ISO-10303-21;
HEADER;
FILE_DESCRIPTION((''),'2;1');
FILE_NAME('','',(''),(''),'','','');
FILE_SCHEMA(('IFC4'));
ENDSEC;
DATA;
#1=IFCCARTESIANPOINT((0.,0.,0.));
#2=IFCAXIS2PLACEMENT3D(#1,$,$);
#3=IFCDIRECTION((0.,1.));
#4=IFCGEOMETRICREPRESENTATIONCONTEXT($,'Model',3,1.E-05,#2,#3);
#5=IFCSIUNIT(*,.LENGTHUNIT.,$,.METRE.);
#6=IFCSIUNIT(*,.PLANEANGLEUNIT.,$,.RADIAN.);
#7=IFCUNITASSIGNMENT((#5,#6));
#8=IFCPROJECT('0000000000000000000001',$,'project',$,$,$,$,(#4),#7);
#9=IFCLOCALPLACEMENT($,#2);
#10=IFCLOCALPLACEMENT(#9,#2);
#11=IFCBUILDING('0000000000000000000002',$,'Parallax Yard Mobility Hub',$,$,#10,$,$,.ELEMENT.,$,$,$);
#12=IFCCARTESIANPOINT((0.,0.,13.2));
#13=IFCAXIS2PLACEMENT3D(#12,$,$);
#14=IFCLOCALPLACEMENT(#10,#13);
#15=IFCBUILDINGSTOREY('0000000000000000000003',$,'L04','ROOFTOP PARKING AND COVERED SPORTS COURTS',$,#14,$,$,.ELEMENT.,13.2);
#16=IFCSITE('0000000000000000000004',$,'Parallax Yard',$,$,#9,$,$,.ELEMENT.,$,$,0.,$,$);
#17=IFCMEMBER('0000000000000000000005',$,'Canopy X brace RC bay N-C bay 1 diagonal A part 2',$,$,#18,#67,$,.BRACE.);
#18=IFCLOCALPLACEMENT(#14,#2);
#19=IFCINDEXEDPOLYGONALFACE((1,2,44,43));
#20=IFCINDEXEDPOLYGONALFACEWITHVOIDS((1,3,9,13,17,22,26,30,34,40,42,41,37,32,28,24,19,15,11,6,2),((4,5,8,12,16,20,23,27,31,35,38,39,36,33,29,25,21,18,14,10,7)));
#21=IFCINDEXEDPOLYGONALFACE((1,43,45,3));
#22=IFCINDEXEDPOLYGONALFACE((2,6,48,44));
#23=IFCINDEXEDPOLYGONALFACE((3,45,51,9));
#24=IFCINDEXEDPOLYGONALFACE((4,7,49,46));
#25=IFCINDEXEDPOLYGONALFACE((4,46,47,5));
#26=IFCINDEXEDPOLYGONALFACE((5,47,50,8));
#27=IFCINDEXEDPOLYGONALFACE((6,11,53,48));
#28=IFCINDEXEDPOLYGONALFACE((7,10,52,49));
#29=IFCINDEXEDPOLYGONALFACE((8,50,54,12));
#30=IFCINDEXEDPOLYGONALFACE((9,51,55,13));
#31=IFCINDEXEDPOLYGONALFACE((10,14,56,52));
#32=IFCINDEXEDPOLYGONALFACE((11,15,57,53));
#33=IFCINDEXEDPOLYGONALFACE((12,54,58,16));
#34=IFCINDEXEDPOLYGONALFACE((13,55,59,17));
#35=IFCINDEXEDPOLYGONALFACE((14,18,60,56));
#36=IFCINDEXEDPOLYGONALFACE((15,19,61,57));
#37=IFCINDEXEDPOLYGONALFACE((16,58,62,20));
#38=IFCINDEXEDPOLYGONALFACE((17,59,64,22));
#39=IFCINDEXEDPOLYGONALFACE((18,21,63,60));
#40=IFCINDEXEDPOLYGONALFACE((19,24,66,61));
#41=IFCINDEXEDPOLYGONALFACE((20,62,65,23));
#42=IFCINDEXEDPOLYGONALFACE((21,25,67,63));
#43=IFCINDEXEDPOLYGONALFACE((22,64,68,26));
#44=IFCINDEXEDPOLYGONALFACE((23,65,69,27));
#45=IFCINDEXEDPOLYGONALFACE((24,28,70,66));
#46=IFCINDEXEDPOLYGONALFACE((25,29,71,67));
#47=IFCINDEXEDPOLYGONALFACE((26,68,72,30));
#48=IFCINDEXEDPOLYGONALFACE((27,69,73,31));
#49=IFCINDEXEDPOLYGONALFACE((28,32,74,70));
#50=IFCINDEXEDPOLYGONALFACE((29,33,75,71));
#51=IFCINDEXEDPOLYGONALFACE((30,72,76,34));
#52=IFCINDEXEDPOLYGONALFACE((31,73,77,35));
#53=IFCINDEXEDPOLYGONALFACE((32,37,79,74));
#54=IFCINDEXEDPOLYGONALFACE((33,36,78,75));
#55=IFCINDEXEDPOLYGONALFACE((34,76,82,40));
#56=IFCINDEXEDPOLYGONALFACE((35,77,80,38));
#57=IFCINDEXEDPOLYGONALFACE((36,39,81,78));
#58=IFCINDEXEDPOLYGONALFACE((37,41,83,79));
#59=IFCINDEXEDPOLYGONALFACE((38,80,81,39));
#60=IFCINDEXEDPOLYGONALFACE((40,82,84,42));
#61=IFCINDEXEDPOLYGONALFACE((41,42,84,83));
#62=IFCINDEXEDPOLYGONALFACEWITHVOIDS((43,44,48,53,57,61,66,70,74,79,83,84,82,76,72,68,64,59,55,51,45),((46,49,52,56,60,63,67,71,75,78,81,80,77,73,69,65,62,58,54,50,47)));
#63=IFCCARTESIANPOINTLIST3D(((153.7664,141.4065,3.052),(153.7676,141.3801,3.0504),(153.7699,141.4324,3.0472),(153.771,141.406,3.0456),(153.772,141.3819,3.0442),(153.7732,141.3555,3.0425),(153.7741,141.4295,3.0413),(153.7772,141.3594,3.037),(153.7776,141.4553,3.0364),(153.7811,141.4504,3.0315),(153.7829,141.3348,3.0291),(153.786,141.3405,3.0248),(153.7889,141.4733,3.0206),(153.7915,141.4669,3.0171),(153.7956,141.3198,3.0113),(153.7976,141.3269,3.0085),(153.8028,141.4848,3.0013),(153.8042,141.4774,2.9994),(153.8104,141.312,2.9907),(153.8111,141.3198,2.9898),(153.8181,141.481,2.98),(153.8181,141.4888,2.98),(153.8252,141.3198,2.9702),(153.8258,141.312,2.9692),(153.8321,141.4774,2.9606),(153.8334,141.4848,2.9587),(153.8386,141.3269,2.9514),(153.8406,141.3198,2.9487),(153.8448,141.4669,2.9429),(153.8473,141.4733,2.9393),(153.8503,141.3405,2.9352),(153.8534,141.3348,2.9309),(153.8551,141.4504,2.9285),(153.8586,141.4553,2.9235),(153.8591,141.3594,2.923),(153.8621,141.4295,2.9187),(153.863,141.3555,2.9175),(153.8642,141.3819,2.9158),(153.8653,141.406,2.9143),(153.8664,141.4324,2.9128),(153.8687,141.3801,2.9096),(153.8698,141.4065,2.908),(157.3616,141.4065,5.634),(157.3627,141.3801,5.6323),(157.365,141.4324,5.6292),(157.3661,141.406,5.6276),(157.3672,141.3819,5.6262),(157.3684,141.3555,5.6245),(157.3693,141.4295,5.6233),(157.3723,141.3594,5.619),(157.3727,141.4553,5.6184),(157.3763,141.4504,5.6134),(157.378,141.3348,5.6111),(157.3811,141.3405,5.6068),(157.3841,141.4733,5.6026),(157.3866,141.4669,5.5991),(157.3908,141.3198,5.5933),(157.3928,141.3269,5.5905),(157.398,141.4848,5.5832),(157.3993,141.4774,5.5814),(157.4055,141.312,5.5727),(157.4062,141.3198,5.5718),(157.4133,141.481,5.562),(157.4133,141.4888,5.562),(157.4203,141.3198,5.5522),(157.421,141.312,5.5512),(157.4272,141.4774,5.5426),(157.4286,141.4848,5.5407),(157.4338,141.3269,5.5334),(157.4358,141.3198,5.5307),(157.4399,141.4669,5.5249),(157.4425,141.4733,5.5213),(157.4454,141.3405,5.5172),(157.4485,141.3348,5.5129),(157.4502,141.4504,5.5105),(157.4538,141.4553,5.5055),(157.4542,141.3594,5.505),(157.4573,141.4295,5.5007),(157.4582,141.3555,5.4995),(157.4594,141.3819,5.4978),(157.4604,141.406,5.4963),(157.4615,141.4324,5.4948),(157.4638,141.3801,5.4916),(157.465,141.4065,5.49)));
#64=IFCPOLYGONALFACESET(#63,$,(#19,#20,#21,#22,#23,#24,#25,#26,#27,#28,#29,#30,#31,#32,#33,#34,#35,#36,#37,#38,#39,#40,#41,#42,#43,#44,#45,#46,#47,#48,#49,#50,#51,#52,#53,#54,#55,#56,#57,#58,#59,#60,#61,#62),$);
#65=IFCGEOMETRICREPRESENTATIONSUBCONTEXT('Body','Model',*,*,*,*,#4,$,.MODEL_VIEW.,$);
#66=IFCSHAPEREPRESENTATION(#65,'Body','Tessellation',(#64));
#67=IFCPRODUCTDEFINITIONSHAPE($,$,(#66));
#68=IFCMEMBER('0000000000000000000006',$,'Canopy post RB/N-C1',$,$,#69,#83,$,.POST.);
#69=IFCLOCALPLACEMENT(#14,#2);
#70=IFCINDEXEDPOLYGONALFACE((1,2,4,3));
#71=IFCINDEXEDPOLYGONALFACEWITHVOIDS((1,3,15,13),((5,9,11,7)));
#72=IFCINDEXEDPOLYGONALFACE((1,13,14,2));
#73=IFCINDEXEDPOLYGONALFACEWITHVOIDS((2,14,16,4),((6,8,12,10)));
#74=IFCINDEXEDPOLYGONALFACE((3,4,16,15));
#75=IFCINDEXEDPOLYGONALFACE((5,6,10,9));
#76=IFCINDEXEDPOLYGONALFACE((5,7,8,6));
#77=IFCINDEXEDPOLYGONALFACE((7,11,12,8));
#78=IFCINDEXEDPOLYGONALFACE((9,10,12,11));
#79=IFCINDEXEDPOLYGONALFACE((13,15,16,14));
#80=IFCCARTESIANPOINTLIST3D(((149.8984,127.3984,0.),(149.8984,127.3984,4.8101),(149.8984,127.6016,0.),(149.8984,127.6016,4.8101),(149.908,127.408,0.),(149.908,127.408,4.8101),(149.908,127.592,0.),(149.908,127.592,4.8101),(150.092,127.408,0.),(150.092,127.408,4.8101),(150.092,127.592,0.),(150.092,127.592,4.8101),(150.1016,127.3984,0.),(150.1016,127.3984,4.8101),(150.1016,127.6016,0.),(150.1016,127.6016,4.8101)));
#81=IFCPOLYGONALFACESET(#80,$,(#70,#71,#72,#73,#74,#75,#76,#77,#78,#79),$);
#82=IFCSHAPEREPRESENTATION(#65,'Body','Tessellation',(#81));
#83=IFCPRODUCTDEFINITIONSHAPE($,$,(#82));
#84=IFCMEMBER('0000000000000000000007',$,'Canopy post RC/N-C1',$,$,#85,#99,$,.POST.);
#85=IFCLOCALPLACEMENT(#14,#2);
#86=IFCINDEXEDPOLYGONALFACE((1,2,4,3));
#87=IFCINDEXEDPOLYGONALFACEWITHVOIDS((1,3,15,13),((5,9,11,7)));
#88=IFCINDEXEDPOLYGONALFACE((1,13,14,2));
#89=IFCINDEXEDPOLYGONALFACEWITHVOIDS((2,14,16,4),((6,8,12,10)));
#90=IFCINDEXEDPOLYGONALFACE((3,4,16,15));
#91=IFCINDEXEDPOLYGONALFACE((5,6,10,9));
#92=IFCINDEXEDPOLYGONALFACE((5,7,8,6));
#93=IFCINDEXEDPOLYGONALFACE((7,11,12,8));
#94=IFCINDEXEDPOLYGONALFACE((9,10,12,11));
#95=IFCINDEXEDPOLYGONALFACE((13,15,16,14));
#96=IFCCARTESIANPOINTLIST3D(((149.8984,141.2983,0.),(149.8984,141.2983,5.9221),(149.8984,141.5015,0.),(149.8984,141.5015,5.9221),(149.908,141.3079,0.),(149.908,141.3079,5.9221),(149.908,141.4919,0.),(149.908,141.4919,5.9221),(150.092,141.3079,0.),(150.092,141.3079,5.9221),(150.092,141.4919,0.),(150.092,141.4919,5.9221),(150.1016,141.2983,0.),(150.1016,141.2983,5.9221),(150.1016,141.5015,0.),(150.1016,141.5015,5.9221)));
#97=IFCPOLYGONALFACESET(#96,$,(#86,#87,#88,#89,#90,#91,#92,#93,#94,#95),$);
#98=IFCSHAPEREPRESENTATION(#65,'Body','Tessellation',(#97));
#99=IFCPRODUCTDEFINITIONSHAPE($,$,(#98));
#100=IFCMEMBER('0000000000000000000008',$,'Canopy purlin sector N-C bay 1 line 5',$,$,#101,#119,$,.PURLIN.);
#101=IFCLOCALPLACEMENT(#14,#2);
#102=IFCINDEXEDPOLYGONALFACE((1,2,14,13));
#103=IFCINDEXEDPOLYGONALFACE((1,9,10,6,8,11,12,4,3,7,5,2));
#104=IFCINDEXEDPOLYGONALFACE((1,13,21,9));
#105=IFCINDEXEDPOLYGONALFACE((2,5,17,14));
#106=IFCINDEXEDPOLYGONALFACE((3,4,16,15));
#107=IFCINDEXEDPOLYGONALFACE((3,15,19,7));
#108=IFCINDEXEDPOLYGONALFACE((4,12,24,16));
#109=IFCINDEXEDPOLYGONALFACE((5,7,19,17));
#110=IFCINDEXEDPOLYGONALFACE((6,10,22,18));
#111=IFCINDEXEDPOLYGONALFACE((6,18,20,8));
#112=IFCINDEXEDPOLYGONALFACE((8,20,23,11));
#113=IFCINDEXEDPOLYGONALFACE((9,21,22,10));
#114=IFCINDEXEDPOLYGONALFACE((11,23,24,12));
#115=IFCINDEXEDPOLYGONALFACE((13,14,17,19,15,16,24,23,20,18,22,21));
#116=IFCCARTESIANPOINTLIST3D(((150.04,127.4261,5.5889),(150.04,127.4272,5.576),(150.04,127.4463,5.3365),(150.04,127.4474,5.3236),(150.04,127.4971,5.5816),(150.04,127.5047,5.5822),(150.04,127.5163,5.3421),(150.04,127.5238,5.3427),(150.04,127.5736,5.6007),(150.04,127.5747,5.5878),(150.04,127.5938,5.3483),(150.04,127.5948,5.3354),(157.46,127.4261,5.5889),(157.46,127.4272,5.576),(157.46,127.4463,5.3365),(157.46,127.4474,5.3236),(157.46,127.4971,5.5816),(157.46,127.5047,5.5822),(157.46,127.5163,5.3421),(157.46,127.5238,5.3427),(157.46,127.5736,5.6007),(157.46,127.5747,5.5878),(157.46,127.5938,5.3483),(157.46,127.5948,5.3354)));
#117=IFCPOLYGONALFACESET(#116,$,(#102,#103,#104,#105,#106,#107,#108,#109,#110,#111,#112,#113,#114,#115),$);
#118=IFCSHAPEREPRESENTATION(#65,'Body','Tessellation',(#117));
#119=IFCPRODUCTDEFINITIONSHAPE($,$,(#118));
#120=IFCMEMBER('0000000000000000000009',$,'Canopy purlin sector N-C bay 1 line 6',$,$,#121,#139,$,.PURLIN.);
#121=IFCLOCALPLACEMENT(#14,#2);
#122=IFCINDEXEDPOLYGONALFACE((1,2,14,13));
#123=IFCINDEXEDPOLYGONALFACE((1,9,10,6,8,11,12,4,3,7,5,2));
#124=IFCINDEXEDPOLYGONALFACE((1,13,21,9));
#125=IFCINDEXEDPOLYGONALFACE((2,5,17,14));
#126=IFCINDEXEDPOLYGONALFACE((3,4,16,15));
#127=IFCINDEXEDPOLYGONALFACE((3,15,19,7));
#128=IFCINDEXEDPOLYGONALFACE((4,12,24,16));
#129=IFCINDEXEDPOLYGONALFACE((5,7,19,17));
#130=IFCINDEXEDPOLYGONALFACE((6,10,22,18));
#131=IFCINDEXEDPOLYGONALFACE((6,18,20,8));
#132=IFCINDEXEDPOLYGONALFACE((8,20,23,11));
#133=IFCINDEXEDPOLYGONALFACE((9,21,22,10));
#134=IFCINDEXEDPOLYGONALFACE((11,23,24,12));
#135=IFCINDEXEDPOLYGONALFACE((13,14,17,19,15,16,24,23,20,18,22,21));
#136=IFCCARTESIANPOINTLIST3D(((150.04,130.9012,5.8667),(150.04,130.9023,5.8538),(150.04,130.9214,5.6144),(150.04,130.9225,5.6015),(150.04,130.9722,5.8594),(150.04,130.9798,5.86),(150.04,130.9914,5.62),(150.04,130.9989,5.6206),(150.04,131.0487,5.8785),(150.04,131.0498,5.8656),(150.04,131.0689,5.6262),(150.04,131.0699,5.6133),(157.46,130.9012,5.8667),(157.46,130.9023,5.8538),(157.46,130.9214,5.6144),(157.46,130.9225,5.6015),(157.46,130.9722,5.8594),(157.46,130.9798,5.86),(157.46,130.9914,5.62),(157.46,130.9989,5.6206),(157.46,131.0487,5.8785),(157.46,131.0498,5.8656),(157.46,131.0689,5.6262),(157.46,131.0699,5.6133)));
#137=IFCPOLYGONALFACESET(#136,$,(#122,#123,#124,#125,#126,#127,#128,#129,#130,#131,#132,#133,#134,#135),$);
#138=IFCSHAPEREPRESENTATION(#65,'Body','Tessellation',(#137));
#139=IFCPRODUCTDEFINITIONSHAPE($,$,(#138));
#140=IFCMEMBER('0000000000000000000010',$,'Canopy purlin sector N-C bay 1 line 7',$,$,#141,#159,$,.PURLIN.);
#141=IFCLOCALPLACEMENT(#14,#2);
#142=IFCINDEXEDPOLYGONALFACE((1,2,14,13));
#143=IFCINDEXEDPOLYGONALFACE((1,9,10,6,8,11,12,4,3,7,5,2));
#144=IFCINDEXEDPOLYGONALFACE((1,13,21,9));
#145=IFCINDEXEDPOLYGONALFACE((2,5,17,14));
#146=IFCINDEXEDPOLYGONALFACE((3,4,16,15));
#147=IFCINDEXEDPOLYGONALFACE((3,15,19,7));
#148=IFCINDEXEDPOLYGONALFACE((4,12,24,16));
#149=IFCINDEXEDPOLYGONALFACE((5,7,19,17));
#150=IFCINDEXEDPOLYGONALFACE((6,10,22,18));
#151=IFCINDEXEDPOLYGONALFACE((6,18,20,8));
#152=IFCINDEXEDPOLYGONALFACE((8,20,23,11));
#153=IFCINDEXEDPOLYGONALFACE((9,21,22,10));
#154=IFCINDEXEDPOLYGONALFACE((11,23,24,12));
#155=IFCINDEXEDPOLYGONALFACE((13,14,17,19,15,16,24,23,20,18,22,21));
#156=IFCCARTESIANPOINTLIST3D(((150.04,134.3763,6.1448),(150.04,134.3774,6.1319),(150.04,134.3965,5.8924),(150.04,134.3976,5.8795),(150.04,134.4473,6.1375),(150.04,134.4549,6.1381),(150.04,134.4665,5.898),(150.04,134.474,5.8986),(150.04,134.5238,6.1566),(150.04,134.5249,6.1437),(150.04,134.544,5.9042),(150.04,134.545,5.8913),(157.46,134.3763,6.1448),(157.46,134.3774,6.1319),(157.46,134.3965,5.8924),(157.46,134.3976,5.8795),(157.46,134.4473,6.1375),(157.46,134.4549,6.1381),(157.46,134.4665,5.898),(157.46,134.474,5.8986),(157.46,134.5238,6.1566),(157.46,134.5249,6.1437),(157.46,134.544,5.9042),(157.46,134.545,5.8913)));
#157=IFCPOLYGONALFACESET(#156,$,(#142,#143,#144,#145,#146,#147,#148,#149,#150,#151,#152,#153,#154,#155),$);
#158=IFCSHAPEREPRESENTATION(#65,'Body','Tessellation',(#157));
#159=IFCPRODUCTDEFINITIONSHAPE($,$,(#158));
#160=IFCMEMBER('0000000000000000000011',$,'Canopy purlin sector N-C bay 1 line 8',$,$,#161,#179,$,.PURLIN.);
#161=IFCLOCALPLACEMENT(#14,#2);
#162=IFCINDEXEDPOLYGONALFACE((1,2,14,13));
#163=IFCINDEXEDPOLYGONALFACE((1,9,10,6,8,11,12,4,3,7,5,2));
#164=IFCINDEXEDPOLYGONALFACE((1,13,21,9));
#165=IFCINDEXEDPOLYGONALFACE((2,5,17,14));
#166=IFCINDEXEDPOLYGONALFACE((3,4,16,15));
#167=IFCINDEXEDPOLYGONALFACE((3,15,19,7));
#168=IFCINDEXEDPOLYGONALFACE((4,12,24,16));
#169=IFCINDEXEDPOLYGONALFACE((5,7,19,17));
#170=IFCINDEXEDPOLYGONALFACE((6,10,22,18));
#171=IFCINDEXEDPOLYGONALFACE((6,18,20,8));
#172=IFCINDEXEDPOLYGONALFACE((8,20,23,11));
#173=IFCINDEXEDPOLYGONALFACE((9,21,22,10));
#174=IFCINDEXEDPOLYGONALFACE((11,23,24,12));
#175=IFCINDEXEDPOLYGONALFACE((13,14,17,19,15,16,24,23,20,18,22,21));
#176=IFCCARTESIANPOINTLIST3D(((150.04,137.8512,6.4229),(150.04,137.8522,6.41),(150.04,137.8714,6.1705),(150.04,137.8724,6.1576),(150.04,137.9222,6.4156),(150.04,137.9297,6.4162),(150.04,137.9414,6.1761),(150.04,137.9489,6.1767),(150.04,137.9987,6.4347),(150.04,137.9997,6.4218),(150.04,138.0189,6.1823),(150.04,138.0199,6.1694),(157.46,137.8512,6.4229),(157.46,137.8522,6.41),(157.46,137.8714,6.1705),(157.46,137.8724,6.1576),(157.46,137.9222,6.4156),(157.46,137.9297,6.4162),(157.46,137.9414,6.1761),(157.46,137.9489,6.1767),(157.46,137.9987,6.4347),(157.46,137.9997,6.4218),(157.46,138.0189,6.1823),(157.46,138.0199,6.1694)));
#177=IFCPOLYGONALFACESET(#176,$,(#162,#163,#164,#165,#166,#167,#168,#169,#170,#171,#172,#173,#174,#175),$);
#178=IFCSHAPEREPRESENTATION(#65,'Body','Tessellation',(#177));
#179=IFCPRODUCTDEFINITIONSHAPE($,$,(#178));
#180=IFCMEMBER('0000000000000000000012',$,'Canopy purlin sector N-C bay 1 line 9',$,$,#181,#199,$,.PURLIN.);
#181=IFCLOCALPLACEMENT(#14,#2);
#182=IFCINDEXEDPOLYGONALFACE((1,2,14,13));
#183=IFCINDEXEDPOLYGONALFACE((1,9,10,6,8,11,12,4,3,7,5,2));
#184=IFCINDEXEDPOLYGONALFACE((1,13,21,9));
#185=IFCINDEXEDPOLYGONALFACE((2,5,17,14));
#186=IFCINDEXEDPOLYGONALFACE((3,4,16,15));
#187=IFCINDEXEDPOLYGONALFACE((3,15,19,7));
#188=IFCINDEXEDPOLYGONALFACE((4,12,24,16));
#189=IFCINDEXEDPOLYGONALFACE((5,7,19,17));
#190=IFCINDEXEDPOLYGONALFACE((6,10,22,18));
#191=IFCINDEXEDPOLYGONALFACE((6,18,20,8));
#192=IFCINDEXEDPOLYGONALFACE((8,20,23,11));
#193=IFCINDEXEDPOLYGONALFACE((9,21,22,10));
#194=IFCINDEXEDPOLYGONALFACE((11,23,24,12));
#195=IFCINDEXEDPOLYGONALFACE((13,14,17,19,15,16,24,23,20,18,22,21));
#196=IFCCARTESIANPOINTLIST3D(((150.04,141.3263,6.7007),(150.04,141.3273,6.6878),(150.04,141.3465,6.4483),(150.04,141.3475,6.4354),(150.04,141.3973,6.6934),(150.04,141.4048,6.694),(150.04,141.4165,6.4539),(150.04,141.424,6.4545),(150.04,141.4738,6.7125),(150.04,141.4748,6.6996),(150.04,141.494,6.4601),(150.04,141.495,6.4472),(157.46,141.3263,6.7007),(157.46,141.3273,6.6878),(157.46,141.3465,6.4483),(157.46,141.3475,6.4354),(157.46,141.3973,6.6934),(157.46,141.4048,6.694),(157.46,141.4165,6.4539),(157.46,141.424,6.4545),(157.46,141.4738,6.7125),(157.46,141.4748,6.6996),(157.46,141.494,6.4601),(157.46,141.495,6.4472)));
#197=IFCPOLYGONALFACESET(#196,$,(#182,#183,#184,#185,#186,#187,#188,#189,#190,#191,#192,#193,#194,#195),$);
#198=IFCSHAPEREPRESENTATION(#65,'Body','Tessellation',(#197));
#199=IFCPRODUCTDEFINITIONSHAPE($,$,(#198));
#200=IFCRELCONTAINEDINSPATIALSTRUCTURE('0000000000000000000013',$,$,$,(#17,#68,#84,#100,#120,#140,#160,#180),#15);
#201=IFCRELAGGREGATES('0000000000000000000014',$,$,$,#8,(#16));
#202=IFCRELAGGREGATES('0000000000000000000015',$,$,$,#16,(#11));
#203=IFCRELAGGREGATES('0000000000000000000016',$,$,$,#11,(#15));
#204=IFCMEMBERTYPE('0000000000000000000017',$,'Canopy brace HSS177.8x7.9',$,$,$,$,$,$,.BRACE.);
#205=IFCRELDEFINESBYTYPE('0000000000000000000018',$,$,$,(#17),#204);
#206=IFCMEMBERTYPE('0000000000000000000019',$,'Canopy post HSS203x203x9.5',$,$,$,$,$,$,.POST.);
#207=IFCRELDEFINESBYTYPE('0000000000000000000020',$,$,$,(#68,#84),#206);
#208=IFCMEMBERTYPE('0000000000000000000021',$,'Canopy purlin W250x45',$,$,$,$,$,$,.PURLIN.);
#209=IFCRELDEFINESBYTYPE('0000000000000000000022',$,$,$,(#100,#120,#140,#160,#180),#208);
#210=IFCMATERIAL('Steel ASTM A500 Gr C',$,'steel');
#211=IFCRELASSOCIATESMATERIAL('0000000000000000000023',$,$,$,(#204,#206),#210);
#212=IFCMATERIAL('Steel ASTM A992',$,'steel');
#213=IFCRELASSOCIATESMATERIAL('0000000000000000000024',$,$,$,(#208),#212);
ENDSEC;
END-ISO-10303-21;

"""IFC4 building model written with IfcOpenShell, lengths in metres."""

from ifc_helpers import new_model, si_unit, direction, frame, origin, origin_2d, place, context, subcontext, project, spatial, hollow_rectangle, hollow_circle, i_section, extrude, material, material_profile, profile_set, type_object, element, save


model = new_model("IFC4")

# Units and contexts
model_context = context("Model", 3, precision=1e-05, world=origin(), true_north=direction((0.0, 1.0)))
body_context = subcontext(model_context, "Body", "Model", "MODEL_VIEW")
ifc_project = project(units=[si_unit("LENGTHUNIT", "METRE"), si_unit("PLANEANGLEUNIT", "RADIAN")], contexts=[model_context])

# Site, building, storey
site_placement = place(None, origin())
site = spatial("IfcSite", under=ifc_project, at=site_placement, Name="Parallax Yard", CompositionType="ELEMENT", RefElevation=0.0)
building_placement = place(site_placement, origin())
building = spatial("IfcBuilding", under=site, at=building_placement, Name="Parallax Yard Mobility Hub", CompositionType="ELEMENT")
storey_placement = place(building_placement, frame((0.0, 0.0, 13.2)))
storey = spatial("IfcBuildingStorey", under=building, at=storey_placement, Name="L04", Description="ROOFTOP PARKING AND COVERED SPORTS COURTS", CompositionType="ELEMENT", Elevation=13.2)

# Members
ifc_material_1 = material(Name="Steel ASTM A500 Gr C", Category="steel")
ifc_material_profile_1 = material_profile(ifc_material_1, hollow_circle(Radius=0.0889, WallThickness=0.0078, at=origin_2d()), Name="HSS177.8x7.9")
ifc_profile_set_1 = profile_set([ifc_material_profile_1], Name="Steel ASTM A500 Gr C")
member_type_1 = type_object("IfcMemberType", Name="Canopy brace HSS177.8x7.9", PredefinedType="BRACE", material=ifc_profile_set_1)
for number, where, z_axis, x_axis, name in (
    (1, (153.8181, 141.3999, 2.98), (0.812233, 0.0, 0.583334), (0.0, 1.0, 0.0), "Canopy X brace RC bay N-C bay 1 diagonal A part 2"),
):
    element("IfcMember", number, at=place(storey_placement, frame(where, z_axis=z_axis, x_axis=x_axis)), inside=storey, type_object=member_type_1, Name=name, PredefinedType="BRACE", context=body_context, shape_type="SweptSolid", body=[
        extrude(hollow_circle(Radius=0.0889, WallThickness=0.0078, at=origin_2d()), origin(), (0.0, 0.0, 1.0), 4.4263),
    ])
ifc_material_profile_2 = material_profile(ifc_material_1, hollow_rectangle(XDim=0.2031, YDim=0.2031, WallThickness=0.0095, at=origin_2d()), Name="HSS203x203x9.5")
ifc_profile_set_2 = profile_set([ifc_material_profile_2], Name="Steel ASTM A500 Gr C")
member_type_2 = type_object("IfcMemberType", Name="Canopy post HSS203x203x9.5", PredefinedType="POST", material=ifc_profile_set_2)
member_1_placement = place(storey_placement, frame((150.0, 127.5, 0.0), z_axis=(0.0, 0.0, 1.0), x_axis=(1.0, 0.0, 0.0)))
element("IfcMember", 2, at=member_1_placement, inside=storey, type_object=member_type_2, Name="Canopy post RB/N-C1", PredefinedType="POST", context=body_context, shape_type="SweptSolid", body=[
    extrude(hollow_rectangle(XDim=0.2031, YDim=0.2031, WallThickness=0.0095, at=origin_2d()), origin(), (0.0, 0.0, 1.0), 4.8101),
])
member_2_placement = place(storey_placement, frame((150.0, 141.3999, 0.0), z_axis=(0.0, 0.0, 1.0), x_axis=(1.0, 0.0, 0.0)))
element("IfcMember", 3, at=member_2_placement, inside=storey, type_object=member_type_2, Name="Canopy post RC/N-C1", PredefinedType="POST", context=body_context, shape_type="SweptSolid", body=[
    extrude(hollow_rectangle(XDim=0.2031, YDim=0.2031, WallThickness=0.0095, at=origin_2d()), origin(), (0.0, 0.0, 1.0), 5.9221),
])
ifc_material_2 = material(Name="Steel ASTM A992", Category="steel")
ifc_material_profile_3 = material_profile(ifc_material_2, i_section(OverallWidth=0.1479, OverallDepth=0.2661, WebThickness=0.0076, FlangeThickness=0.0129, at=origin_2d()), Name="W250x45")
ifc_profile_set_3 = profile_set([ifc_material_profile_3], Name="Steel ASTM A992")
member_type_3 = type_object("IfcMemberType", Name="Canopy purlin W250x45", PredefinedType="PURLIN", material=ifc_profile_set_3)
for number, where, z_axis, x_axis, name in (
    (4, (150.04, 127.5105, 5.4622), (1.0, 0.0, 0.0), (0.0, 0.996815, 0.079745), "Canopy purlin sector N-C bay 1 line 5"),
    (5, (150.04, 130.9856, 5.74), (1.0, 0.0, 0.0), (0.0, 0.996815, 0.079745), "Canopy purlin sector N-C bay 1 line 6"),
    (6, (150.04, 134.4607, 6.0181), (1.0, 0.0, 0.0), (0.0, 0.996815, 0.079745), "Canopy purlin sector N-C bay 1 line 7"),
    (7, (150.04, 137.9355, 6.2961), (1.0, 0.0, 0.0), (0.0, 0.996815, 0.079745), "Canopy purlin sector N-C bay 1 line 8"),
    (8, (150.04, 141.4106, 6.574), (1.0, 0.0, 0.0), (0.0, 0.996815, 0.079745), "Canopy purlin sector N-C bay 1 line 9"),
):
    element("IfcMember", number, at=place(storey_placement, frame(where, z_axis=z_axis, x_axis=x_axis)), inside=storey, type_object=member_type_3, Name=name, PredefinedType="PURLIN", context=body_context, shape_type="SweptSolid", body=[
        extrude(i_section(OverallWidth=0.1479, OverallDepth=0.2661, WebThickness=0.0076, FlangeThickness=0.0129, at=origin_2d()), origin(), (0.0, 0.0, 1.0), 7.4199),
    ])

save(model, "model.ifc")
